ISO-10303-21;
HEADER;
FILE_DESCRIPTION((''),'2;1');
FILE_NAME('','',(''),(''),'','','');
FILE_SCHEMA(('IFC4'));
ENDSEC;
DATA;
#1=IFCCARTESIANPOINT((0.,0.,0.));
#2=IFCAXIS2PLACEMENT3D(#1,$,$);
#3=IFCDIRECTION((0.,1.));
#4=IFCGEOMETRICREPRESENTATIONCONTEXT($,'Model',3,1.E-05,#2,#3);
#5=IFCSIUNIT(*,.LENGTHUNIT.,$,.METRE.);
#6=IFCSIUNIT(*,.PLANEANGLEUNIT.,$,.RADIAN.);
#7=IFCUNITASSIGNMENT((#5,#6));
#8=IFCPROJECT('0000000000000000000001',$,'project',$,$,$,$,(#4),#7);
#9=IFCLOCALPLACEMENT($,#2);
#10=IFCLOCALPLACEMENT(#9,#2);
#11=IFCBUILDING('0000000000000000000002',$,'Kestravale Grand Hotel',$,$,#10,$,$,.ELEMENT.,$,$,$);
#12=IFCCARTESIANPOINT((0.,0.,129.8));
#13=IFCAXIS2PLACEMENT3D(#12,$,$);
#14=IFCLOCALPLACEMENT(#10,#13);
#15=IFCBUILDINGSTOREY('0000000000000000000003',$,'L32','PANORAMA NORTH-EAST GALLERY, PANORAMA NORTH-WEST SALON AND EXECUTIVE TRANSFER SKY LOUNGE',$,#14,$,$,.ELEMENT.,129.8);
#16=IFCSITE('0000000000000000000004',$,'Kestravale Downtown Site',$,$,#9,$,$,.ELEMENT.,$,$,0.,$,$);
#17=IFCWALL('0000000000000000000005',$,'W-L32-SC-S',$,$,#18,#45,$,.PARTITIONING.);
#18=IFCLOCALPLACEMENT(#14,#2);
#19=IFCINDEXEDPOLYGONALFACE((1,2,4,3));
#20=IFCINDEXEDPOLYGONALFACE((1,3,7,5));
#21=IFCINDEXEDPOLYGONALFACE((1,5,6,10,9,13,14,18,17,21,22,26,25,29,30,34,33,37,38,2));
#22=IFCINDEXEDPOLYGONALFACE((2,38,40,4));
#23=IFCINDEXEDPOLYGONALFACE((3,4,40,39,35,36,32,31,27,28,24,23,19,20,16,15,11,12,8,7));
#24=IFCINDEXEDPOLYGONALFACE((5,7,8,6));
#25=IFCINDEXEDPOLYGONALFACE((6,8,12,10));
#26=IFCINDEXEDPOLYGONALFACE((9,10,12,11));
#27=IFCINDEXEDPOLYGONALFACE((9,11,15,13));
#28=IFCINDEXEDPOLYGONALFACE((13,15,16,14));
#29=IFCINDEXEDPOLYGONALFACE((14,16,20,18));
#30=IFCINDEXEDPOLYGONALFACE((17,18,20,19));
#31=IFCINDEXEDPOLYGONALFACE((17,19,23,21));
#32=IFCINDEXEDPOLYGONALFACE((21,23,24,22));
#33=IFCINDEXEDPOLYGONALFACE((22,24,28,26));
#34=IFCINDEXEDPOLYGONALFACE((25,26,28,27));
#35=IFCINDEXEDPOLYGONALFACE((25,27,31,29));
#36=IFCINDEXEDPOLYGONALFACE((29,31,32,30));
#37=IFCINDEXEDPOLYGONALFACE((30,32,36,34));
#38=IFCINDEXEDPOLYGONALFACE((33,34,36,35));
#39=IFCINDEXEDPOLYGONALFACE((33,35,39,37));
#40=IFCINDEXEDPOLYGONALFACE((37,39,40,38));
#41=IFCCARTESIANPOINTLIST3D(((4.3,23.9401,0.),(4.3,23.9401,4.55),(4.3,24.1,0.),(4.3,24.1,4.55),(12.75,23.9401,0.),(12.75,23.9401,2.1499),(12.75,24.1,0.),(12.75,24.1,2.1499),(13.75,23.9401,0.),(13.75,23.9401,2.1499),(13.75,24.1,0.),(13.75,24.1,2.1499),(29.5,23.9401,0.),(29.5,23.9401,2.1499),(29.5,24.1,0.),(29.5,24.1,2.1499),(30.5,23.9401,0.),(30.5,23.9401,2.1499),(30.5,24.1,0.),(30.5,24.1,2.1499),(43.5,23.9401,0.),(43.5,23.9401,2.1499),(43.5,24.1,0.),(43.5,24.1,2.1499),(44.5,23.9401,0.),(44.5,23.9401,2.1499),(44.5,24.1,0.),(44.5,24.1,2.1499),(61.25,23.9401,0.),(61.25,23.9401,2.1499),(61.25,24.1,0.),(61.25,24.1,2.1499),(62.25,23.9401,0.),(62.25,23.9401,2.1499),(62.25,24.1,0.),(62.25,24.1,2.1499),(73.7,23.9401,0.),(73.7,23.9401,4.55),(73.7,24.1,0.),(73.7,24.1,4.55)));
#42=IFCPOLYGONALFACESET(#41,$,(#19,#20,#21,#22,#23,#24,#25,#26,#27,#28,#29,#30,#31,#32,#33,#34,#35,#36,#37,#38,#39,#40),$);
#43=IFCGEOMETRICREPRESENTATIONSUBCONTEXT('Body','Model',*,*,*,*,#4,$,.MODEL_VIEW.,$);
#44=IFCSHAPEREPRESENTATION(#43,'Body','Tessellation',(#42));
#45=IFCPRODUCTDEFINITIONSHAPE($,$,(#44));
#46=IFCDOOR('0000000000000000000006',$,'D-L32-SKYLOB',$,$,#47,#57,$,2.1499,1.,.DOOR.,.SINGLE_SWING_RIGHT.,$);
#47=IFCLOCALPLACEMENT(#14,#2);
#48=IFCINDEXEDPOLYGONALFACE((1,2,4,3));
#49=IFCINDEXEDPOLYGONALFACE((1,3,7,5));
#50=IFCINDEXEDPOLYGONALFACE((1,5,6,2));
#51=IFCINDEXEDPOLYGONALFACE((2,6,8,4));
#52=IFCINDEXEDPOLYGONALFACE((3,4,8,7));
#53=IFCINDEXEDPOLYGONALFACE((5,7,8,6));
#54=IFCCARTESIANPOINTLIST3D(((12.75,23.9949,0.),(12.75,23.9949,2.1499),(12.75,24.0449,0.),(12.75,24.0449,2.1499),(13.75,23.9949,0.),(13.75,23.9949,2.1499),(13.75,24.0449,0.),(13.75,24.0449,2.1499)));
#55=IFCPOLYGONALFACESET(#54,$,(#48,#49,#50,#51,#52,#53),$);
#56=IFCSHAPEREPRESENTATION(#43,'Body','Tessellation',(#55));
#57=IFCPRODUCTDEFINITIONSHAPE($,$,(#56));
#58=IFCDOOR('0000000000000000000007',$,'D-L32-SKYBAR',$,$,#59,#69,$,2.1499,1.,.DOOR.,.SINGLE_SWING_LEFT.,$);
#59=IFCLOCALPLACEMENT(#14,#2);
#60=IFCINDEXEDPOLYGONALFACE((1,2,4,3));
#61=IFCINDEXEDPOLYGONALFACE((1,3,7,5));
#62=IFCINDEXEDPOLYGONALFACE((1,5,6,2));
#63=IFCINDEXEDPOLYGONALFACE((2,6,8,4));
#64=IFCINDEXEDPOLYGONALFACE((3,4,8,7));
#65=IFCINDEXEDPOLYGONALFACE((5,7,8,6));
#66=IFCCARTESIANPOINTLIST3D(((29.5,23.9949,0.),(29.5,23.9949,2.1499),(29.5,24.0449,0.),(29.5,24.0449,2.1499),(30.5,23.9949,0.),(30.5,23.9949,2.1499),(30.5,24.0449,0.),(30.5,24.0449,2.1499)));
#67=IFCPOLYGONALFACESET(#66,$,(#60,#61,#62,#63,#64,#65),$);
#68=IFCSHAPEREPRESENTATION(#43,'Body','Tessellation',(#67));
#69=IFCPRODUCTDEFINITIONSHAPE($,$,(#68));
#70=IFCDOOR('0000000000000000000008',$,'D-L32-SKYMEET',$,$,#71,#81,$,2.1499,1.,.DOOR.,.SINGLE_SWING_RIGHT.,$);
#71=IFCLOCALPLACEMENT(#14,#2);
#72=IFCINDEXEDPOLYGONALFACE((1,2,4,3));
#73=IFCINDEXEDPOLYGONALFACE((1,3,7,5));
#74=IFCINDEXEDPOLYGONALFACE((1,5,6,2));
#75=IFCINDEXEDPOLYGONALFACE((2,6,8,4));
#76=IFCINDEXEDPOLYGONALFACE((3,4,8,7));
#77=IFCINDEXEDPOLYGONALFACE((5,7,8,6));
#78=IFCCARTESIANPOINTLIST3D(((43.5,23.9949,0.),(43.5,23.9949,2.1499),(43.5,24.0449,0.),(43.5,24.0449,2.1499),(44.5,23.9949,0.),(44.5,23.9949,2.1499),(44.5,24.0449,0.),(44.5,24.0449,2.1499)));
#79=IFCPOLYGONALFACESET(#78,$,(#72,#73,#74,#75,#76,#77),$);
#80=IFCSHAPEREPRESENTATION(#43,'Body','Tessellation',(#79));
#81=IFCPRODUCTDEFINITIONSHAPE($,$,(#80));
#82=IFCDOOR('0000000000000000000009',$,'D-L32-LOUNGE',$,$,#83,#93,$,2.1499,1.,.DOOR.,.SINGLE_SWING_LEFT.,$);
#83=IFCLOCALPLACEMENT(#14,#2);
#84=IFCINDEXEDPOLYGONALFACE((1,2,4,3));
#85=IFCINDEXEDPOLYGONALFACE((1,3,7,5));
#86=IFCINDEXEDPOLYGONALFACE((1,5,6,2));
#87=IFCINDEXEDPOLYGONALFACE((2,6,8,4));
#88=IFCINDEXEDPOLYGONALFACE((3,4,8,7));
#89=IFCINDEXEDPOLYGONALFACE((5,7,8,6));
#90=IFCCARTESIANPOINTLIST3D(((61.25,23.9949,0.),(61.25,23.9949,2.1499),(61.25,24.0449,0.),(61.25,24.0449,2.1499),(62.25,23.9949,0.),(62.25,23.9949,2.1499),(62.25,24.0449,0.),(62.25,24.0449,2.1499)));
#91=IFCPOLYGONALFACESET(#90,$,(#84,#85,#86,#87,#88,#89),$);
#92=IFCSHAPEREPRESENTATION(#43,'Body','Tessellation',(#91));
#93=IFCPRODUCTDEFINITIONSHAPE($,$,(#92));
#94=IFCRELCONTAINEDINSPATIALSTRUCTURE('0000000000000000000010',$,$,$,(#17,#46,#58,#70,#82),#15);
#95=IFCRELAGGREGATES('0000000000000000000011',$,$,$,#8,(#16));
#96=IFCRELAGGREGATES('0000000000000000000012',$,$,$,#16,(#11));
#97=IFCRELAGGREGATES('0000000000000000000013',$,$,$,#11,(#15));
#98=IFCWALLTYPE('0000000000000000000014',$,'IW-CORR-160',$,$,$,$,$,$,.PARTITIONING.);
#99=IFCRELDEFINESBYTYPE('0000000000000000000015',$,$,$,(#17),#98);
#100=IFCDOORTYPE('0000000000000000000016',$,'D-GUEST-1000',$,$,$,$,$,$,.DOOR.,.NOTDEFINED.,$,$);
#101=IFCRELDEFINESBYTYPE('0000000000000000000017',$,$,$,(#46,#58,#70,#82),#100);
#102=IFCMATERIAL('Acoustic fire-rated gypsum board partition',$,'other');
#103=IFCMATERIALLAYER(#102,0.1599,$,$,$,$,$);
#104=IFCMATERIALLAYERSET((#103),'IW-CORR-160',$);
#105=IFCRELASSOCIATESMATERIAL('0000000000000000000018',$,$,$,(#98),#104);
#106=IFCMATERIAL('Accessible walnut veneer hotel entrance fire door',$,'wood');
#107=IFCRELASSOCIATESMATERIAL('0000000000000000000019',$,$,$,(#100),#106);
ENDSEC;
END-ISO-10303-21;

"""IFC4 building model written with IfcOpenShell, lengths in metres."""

from ifc_helpers import new_model, si_unit, direction, frame, frame_2d, origin, place, context, subcontext, project, spatial, rectangle, extrude, material, layer, layer_set, type_object, element, fill, save


model = new_model("IFC4")

# Units and contexts
model_context = context("Model", 3, precision=1e-05, world=origin(), true_north=direction((0.0, 1.0)))
body_context = subcontext(model_context, "Body", "Model", "MODEL_VIEW")
ifc_project = project(units=[si_unit("LENGTHUNIT", "METRE"), si_unit("PLANEANGLEUNIT", "RADIAN")], contexts=[model_context])

# Site, building, storey
site_placement = place(None, origin())
site = spatial("IfcSite", under=ifc_project, at=site_placement, Name="Kestravale Downtown Site", CompositionType="ELEMENT", RefElevation=0.0)
building_placement = place(site_placement, origin())
building = spatial("IfcBuilding", under=site, at=building_placement, Name="Kestravale Grand Hotel", CompositionType="ELEMENT")
storey_placement = place(building_placement, frame((0.0, 0.0, 129.8)))
storey = spatial("IfcBuildingStorey", under=building, at=storey_placement, Name="L32", Description="PANORAMA NORTH-EAST GALLERY, PANORAMA NORTH-WEST SALON AND EXECUTIVE TRANSFER SKY LOUNGE", CompositionType="ELEMENT", Elevation=129.8)

# Wall, openings, doors
ifc_material_1 = material(Name="Acoustic fire-rated gypsum board partition", Category="other")
ifc_layer = layer(ifc_material_1, 0.1599)
ifc_layer_set = layer_set([ifc_layer], Name="IW-CORR-160")
wall_type = type_object("IfcWallType", Name="IW-CORR-160", PredefinedType="PARTITIONING", material=ifc_layer_set)
wall_1_placement = place(storey_placement, frame((4.3, 24.02, 0.0), z_axis=(0.0, 0.0, 1.0), x_axis=(1.0, 0.0, 0.0)))
wall_1 = element("IfcWall", 1, at=wall_1_placement, inside=storey, type_object=wall_type, Name="W-L32-SC-S", PredefinedType="PARTITIONING", context=body_context, shape_type="SweptSolid", body=[
    extrude(rectangle(XDim=69.3999, YDim=0.1599, at=frame_2d((34.7, 0.0))), origin(), (0.0, 0.0, 1.0), 4.55),
])
opening_1_placement = place(wall_1_placement, frame((8.45, 0.0, 0.0)))
opening_1 = element("IfcOpeningElement", 2, at=opening_1_placement, cuts=wall_1, PredefinedType="OPENING", context=body_context, shape_type="SweptSolid", body=[
    extrude(rectangle(XDim=1.0, YDim=2.1499, at=frame_2d((0.5, 1.075))), frame((0.0, 0.0898, 0.0), z_axis=(0.0, -1.0, 0.0), x_axis=(1.0, 0.0, 0.0)), (0.0, 0.0, 1.0), 0.1799),
])
opening_2_placement = place(wall_1_placement, frame((25.2, 0.0, 0.0)))
opening_2 = element("IfcOpeningElement", 3, at=opening_2_placement, cuts=wall_1, PredefinedType="OPENING", context=body_context, shape_type="SweptSolid", body=[
    extrude(rectangle(XDim=1.0, YDim=2.1499, at=frame_2d((0.5, 1.075))), frame((0.0, 0.0898, 0.0), z_axis=(0.0, -1.0, 0.0), x_axis=(1.0, 0.0, 0.0)), (0.0, 0.0, 1.0), 0.1799),
])
opening_3_placement = place(wall_1_placement, frame((39.2, 0.0, 0.0)))
opening_3 = element("IfcOpeningElement", 4, at=opening_3_placement, cuts=wall_1, PredefinedType="OPENING", context=body_context, shape_type="SweptSolid", body=[
    extrude(rectangle(XDim=1.0, YDim=2.1499, at=frame_2d((0.5, 1.075))), frame((0.0, 0.0898, 0.0), z_axis=(0.0, -1.0, 0.0), x_axis=(1.0, 0.0, 0.0)), (0.0, 0.0, 1.0), 0.1799),
])
opening_4_placement = place(wall_1_placement, frame((56.95, 0.0, 0.0)))
opening_4 = element("IfcOpeningElement", 5, at=opening_4_placement, cuts=wall_1, PredefinedType="OPENING", context=body_context, shape_type="SweptSolid", body=[
    extrude(rectangle(XDim=1.0, YDim=2.1499, at=frame_2d((0.5, 1.075))), frame((0.0, 0.0898, 0.0), z_axis=(0.0, -1.0, 0.0), x_axis=(1.0, 0.0, 0.0)), (0.0, 0.0, 1.0), 0.1799),
])
ifc_material_2 = material(Name="Accessible walnut veneer hotel entrance fire door", Category="wood")
door_type_1 = type_object("IfcDoorType", Name="D-GUEST-1000", OperationType="NOTDEFINED", PredefinedType="DOOR", material=ifc_material_2)
door_1_placement = place(opening_1_placement, origin())
door_1 = element("IfcDoor", 6, at=door_1_placement, inside=storey, type_object=door_type_1, Name="D-L32-SKYLOB", OperationType="SINGLE_SWING_RIGHT", OverallHeight=2.1499, OverallWidth=1.0, PredefinedType="DOOR", context=body_context, shape_type="SweptSolid", body=[
    extrude(rectangle(XDim=1.0, YDim=2.1499, at=frame_2d((0.5, 1.075))), frame((0.0, 0.0249, 0.0), z_axis=(0.0, -1.0, 0.0), x_axis=(1.0, 0.0, 0.0)), (0.0, 0.0, 1.0), 0.05),
])
fill(opening_1, door_1)
door_2_placement = place(opening_2_placement, origin())
door_2 = element("IfcDoor", 7, at=door_2_placement, inside=storey, type_object=door_type_1, Name="D-L32-SKYBAR", OperationType="SINGLE_SWING_LEFT", OverallHeight=2.1499, OverallWidth=1.0, PredefinedType="DOOR", context=body_context, shape_type="SweptSolid", body=[
    extrude(rectangle(XDim=1.0, YDim=2.1499, at=frame_2d((0.5, 1.075))), frame((0.0, 0.0249, 0.0), z_axis=(0.0, -1.0, 0.0), x_axis=(1.0, 0.0, 0.0)), (0.0, 0.0, 1.0), 0.05),
])
fill(opening_2, door_2)
door_3_placement = place(opening_3_placement, origin())
door_3 = element("IfcDoor", 8, at=door_3_placement, inside=storey, type_object=door_type_1, Name="D-L32-SKYMEET", OperationType="SINGLE_SWING_RIGHT", OverallHeight=2.1499, OverallWidth=1.0, PredefinedType="DOOR", context=body_context, shape_type="SweptSolid", body=[
    extrude(rectangle(XDim=1.0, YDim=2.1499, at=frame_2d((0.5, 1.075))), frame((0.0, 0.0249, 0.0), z_axis=(0.0, -1.0, 0.0), x_axis=(1.0, 0.0, 0.0)), (0.0, 0.0, 1.0), 0.05),
])
fill(opening_3, door_3)
door_4_placement = place(opening_4_placement, origin())
door_4 = element("IfcDoor", 9, at=door_4_placement, inside=storey, type_object=door_type_1, Name="D-L32-LOUNGE", OperationType="SINGLE_SWING_LEFT", OverallHeight=2.1499, OverallWidth=1.0, PredefinedType="DOOR", context=body_context, shape_type="SweptSolid", body=[
    extrude(rectangle(XDim=1.0, YDim=2.1499, at=frame_2d((0.5, 1.075))), frame((0.0, 0.0249, 0.0), z_axis=(0.0, -1.0, 0.0), x_axis=(1.0, 0.0, 0.0)), (0.0, 0.0, 1.0), 0.05),
])
fill(opening_4, door_4)

save(model, "model.ifc")
